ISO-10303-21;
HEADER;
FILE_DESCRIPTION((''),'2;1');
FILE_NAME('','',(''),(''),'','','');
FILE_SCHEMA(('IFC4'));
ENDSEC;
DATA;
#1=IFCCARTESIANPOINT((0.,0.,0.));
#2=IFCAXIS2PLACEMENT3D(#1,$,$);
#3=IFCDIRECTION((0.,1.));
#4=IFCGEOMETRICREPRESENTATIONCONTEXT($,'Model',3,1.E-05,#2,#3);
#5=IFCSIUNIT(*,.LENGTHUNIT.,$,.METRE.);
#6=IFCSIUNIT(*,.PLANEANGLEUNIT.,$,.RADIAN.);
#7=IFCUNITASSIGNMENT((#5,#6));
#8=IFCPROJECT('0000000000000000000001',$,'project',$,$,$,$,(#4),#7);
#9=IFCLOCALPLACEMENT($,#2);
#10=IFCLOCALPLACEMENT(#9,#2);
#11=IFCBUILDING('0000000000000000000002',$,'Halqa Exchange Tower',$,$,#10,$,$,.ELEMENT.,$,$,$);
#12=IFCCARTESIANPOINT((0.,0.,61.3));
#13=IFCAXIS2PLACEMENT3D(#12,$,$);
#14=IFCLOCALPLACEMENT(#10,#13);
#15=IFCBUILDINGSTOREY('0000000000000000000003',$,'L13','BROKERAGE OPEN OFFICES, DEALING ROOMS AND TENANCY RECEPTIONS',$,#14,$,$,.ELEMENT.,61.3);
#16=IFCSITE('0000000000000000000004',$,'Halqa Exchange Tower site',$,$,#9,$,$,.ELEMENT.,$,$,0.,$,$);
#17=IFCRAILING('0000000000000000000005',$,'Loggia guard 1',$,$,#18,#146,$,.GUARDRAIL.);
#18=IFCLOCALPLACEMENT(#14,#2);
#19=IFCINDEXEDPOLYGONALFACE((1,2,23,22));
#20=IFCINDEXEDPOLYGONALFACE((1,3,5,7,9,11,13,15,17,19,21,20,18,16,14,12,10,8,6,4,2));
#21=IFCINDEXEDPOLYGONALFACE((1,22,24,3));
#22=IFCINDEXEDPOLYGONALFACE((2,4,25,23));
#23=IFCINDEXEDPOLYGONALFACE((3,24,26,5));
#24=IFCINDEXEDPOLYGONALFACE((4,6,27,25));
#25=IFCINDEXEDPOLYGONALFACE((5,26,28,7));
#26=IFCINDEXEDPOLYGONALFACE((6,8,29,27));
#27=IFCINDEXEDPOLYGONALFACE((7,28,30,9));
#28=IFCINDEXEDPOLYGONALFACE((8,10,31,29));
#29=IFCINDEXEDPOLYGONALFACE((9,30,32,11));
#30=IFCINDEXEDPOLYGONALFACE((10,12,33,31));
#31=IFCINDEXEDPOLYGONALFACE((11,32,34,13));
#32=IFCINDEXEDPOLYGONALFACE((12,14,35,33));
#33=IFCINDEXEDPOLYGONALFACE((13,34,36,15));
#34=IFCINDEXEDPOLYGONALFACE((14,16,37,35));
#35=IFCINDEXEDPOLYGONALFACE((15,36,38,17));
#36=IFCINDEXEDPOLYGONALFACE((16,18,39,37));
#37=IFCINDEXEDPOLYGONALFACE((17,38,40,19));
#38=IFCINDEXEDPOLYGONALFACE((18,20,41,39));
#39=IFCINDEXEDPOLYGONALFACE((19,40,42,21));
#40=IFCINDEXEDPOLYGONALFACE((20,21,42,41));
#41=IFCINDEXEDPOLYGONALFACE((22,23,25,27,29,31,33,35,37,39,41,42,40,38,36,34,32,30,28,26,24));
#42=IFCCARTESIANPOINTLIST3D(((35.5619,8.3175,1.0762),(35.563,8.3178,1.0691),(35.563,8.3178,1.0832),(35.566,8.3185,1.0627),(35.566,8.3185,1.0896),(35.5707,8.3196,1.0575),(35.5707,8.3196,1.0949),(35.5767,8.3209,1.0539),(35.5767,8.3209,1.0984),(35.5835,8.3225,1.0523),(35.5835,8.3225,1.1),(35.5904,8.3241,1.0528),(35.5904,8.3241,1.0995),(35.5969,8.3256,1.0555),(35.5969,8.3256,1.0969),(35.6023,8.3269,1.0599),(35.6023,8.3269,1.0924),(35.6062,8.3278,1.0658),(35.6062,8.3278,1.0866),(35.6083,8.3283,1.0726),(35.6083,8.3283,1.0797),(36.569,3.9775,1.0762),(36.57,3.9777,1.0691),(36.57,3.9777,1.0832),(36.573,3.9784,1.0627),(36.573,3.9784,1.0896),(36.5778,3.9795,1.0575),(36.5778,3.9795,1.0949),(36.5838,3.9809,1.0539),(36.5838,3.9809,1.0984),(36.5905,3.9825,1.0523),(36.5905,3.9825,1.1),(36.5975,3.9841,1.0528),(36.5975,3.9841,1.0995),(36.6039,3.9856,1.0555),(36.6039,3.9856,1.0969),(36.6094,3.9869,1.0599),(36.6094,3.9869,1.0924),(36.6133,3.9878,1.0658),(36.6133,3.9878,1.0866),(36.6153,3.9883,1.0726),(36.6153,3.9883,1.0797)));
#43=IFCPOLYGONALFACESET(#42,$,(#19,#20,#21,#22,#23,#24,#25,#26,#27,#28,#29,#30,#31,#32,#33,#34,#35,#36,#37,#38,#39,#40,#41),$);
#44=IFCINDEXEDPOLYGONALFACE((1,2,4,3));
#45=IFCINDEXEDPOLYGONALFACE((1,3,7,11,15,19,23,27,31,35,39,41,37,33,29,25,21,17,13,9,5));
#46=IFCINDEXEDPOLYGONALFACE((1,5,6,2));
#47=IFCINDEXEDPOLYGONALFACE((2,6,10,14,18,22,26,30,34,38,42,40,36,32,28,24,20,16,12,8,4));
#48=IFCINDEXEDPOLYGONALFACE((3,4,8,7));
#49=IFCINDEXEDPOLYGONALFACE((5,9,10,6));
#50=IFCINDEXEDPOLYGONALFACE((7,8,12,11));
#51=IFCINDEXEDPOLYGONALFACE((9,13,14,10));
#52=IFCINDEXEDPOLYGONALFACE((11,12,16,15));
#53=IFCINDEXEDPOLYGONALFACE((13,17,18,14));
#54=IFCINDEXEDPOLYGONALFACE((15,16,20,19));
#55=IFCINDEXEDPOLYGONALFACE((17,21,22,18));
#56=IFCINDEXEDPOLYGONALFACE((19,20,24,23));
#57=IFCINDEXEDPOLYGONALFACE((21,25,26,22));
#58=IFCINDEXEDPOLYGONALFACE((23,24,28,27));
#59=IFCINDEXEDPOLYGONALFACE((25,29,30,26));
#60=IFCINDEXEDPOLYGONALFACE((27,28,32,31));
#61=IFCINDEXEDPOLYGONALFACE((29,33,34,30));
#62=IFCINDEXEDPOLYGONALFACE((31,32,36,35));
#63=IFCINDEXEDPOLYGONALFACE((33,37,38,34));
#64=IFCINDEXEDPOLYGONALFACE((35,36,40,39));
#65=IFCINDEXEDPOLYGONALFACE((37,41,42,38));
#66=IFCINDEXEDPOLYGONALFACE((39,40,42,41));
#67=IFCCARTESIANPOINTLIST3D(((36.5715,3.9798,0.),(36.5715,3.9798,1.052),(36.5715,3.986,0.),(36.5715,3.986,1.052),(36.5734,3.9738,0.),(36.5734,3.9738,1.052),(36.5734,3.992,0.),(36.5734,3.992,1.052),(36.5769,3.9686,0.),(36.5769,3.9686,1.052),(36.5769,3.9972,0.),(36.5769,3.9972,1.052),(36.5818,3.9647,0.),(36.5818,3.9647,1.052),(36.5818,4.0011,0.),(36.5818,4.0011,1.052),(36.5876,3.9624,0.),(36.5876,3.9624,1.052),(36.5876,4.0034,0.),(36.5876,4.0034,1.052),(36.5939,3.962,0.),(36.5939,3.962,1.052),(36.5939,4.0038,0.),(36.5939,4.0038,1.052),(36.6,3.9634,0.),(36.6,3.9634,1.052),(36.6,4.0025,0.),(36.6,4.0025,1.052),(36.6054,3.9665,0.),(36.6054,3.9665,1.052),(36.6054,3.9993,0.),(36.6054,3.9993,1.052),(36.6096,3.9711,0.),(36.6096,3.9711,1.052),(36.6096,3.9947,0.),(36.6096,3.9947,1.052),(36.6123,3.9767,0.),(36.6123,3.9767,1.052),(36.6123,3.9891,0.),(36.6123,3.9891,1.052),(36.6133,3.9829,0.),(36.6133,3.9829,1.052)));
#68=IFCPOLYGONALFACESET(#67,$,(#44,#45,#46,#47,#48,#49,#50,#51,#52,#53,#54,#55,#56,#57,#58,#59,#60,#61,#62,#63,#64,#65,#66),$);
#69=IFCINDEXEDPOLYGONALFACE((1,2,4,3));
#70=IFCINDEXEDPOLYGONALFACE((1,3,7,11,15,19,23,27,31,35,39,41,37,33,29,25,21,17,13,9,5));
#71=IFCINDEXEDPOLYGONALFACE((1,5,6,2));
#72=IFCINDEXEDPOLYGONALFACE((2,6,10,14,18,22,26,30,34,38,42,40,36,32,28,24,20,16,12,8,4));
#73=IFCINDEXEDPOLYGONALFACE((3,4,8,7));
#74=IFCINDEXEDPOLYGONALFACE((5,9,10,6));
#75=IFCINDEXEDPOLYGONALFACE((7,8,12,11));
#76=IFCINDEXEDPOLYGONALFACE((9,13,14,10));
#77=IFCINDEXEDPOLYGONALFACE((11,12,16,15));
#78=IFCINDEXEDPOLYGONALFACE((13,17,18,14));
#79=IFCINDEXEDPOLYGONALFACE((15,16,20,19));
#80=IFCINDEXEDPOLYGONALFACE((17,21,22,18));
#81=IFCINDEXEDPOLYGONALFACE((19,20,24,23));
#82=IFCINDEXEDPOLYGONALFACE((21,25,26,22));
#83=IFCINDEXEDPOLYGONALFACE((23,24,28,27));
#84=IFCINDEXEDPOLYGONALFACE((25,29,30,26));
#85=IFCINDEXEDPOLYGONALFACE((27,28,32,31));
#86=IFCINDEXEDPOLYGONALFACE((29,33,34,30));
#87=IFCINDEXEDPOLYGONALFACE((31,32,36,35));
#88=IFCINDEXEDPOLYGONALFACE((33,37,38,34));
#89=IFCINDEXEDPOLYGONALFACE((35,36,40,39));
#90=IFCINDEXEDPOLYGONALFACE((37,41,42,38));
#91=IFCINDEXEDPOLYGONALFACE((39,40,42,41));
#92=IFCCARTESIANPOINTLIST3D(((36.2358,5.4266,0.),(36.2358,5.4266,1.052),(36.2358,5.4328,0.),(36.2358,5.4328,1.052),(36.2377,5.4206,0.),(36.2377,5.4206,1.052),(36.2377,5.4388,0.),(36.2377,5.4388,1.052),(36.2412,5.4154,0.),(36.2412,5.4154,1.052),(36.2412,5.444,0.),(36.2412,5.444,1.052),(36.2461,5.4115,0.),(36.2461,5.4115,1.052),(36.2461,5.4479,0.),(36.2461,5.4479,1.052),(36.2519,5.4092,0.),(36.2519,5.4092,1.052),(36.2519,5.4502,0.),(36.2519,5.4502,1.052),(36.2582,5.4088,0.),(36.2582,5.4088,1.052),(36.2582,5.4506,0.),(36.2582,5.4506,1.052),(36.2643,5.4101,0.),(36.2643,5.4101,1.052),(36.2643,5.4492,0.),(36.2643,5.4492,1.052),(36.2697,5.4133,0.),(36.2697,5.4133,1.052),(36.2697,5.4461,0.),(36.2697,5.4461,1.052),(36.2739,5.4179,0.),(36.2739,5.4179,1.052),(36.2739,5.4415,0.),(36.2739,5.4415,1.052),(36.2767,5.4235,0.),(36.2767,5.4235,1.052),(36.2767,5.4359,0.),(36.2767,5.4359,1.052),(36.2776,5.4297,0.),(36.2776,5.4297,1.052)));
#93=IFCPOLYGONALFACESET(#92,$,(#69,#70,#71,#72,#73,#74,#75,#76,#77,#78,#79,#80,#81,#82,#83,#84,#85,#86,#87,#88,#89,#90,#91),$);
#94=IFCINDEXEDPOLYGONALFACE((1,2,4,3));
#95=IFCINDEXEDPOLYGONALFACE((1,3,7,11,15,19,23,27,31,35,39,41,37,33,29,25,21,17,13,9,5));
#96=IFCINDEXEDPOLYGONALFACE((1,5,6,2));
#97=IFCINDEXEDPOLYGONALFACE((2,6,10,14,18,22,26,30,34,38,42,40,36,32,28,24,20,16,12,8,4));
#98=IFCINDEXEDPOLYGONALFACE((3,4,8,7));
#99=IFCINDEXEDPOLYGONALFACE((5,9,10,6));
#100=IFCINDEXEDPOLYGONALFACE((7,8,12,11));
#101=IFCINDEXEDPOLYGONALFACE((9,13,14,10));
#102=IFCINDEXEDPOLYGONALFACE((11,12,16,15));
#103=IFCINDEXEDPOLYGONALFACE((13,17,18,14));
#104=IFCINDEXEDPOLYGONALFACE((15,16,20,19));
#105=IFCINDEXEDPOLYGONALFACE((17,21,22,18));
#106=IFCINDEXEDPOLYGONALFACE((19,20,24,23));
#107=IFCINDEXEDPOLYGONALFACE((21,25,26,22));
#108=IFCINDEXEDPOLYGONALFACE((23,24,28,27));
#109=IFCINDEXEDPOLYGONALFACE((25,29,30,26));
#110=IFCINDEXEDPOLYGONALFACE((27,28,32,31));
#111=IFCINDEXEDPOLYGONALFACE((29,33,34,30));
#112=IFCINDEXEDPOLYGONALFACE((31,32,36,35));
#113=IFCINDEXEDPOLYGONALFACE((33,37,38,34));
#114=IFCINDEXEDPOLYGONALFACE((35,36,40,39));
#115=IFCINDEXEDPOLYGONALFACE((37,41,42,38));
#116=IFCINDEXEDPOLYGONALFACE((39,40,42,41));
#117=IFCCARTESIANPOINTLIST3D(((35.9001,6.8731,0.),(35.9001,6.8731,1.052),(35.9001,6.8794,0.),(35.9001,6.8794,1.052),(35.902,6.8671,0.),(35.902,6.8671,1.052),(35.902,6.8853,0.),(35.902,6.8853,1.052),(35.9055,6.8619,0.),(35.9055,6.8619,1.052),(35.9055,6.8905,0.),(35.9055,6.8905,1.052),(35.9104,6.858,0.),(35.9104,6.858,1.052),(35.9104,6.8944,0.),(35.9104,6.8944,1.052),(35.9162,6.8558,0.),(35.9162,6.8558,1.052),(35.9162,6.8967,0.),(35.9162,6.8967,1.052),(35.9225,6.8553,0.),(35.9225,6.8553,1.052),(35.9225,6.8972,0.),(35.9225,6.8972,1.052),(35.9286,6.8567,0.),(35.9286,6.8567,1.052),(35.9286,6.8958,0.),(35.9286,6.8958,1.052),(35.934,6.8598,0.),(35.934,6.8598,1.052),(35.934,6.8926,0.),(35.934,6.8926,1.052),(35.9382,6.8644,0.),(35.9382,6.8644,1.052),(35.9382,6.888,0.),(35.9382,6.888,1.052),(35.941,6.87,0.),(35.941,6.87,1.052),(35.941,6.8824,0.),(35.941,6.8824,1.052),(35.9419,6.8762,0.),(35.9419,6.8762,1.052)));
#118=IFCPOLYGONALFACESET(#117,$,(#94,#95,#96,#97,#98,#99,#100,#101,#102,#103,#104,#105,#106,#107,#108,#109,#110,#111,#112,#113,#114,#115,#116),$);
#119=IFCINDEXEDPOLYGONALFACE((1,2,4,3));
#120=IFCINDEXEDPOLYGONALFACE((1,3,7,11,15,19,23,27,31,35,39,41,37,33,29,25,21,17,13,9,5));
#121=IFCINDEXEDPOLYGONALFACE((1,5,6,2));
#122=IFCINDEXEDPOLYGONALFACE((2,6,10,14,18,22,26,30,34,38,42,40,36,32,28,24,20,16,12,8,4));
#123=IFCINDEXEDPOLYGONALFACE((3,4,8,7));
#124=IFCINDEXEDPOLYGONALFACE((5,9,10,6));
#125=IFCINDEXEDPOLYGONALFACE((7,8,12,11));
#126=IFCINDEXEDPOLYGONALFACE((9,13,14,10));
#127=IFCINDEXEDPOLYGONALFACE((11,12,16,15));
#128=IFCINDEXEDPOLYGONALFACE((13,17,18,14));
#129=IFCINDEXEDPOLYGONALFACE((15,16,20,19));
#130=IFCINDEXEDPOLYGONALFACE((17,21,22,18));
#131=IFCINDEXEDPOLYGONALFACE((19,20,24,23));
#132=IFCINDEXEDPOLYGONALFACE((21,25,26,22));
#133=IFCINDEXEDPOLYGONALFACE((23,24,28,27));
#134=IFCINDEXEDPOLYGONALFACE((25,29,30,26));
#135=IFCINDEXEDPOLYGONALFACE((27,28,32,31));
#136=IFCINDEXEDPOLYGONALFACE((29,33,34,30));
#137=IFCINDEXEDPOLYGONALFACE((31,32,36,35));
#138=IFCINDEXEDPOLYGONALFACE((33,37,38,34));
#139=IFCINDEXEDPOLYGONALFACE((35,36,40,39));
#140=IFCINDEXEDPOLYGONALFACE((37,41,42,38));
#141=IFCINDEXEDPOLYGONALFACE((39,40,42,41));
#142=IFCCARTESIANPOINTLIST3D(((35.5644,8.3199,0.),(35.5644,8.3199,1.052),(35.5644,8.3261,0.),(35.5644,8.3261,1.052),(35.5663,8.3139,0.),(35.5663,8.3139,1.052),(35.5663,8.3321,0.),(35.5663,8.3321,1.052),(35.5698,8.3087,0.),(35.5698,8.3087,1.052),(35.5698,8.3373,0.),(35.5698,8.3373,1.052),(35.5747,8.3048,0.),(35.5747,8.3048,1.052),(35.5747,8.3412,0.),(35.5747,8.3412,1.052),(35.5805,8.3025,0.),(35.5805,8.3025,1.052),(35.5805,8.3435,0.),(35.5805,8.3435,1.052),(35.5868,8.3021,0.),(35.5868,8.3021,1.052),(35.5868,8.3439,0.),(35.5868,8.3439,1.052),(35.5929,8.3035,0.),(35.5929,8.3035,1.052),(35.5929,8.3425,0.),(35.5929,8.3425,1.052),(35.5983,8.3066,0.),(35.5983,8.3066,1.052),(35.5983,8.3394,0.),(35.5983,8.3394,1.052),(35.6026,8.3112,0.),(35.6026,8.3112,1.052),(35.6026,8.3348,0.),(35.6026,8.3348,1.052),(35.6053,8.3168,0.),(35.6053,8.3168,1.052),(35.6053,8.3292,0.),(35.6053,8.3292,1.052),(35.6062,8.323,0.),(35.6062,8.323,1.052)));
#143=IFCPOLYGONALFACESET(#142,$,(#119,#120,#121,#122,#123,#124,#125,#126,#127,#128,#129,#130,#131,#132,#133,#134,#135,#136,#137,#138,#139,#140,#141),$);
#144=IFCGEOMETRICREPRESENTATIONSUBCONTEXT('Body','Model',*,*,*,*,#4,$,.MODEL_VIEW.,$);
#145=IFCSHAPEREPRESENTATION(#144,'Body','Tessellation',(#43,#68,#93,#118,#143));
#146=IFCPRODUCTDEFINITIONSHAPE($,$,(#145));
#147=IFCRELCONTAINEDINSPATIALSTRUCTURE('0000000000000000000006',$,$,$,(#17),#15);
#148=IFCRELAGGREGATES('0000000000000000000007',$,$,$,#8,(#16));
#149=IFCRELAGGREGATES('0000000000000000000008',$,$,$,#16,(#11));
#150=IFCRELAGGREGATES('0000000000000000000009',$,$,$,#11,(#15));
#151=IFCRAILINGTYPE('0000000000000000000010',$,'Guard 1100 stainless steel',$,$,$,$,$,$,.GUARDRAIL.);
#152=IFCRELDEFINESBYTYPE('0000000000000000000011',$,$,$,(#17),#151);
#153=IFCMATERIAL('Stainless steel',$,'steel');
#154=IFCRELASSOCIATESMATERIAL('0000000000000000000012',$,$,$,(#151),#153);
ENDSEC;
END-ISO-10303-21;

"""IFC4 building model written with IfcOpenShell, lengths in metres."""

from ifc_helpers import new_model, si_unit, direction, frame, origin, origin_2d, place, context, subcontext, project, spatial, circle, extrude, material, type_object, element, save


model = new_model("IFC4")

# Units and contexts
model_context = context("Model", 3, precision=1e-05, world=origin(), true_north=direction((0.0, 1.0)))
body_context = subcontext(model_context, "Body", "Model", "MODEL_VIEW")
ifc_project = project(units=[si_unit("LENGTHUNIT", "METRE"), si_unit("PLANEANGLEUNIT", "RADIAN")], contexts=[model_context])

# Site, building, storey
site_placement = place(None, origin())
site = spatial("IfcSite", under=ifc_project, at=site_placement, Name="Halqa Exchange Tower site", CompositionType="ELEMENT", RefElevation=0.0)
building_placement = place(site_placement, origin())
building = spatial("IfcBuilding", under=site, at=building_placement, Name="Halqa Exchange Tower", CompositionType="ELEMENT")
storey_placement = place(building_placement, frame((0.0, 0.0, 61.3)))
storey = spatial("IfcBuildingStorey", under=building, at=storey_placement, Name="L13", Description="BROKERAGE OPEN OFFICES, DEALING ROOMS AND TENANCY RECEPTIONS", CompositionType="ELEMENT", Elevation=61.3)

# Railing
ifc_material_1 = material(Name="Stainless steel", Category="steel")
railing_type = type_object("IfcRailingType", Name="Guard 1100 stainless steel", PredefinedType="GUARDRAIL", material=ifc_material_1)
railing_1_placement = place(storey_placement, frame((36.5923, 3.9829, 0.0)))
element("IfcRailing", 1, at=railing_1_placement, inside=storey, type_object=railing_type, Name="Loggia guard 1", PredefinedType="GUARDRAIL", context=body_context, shape_type="SweptSolid", body=[
    extrude(circle(Radius=0.0239, at=origin_2d()), frame((0.0, 0.0, 1.0762), z_axis=(-0.226036, 0.974119, 0.0), x_axis=(-0.974119, -0.226036, 0.0)), (0.0, 0.0, 1.0), 4.4553),
    extrude(circle(Radius=0.021, at=origin_2d()), origin(), (0.0, 0.0, 1.0), 1.052),
    extrude(circle(Radius=0.021, at=origin_2d()), frame((-0.3357, 1.4468, 0.0)), (0.0, 0.0, 1.0), 1.052),
    extrude(circle(Radius=0.021, at=origin_2d()), frame((-0.6714, 2.8933, 0.0)), (0.0, 0.0, 1.0), 1.052),
    extrude(circle(Radius=0.021, at=origin_2d()), frame((-1.0071, 4.3401, 0.0)), (0.0, 0.0, 1.0), 1.052),
])

save(model, "model.ifc")
